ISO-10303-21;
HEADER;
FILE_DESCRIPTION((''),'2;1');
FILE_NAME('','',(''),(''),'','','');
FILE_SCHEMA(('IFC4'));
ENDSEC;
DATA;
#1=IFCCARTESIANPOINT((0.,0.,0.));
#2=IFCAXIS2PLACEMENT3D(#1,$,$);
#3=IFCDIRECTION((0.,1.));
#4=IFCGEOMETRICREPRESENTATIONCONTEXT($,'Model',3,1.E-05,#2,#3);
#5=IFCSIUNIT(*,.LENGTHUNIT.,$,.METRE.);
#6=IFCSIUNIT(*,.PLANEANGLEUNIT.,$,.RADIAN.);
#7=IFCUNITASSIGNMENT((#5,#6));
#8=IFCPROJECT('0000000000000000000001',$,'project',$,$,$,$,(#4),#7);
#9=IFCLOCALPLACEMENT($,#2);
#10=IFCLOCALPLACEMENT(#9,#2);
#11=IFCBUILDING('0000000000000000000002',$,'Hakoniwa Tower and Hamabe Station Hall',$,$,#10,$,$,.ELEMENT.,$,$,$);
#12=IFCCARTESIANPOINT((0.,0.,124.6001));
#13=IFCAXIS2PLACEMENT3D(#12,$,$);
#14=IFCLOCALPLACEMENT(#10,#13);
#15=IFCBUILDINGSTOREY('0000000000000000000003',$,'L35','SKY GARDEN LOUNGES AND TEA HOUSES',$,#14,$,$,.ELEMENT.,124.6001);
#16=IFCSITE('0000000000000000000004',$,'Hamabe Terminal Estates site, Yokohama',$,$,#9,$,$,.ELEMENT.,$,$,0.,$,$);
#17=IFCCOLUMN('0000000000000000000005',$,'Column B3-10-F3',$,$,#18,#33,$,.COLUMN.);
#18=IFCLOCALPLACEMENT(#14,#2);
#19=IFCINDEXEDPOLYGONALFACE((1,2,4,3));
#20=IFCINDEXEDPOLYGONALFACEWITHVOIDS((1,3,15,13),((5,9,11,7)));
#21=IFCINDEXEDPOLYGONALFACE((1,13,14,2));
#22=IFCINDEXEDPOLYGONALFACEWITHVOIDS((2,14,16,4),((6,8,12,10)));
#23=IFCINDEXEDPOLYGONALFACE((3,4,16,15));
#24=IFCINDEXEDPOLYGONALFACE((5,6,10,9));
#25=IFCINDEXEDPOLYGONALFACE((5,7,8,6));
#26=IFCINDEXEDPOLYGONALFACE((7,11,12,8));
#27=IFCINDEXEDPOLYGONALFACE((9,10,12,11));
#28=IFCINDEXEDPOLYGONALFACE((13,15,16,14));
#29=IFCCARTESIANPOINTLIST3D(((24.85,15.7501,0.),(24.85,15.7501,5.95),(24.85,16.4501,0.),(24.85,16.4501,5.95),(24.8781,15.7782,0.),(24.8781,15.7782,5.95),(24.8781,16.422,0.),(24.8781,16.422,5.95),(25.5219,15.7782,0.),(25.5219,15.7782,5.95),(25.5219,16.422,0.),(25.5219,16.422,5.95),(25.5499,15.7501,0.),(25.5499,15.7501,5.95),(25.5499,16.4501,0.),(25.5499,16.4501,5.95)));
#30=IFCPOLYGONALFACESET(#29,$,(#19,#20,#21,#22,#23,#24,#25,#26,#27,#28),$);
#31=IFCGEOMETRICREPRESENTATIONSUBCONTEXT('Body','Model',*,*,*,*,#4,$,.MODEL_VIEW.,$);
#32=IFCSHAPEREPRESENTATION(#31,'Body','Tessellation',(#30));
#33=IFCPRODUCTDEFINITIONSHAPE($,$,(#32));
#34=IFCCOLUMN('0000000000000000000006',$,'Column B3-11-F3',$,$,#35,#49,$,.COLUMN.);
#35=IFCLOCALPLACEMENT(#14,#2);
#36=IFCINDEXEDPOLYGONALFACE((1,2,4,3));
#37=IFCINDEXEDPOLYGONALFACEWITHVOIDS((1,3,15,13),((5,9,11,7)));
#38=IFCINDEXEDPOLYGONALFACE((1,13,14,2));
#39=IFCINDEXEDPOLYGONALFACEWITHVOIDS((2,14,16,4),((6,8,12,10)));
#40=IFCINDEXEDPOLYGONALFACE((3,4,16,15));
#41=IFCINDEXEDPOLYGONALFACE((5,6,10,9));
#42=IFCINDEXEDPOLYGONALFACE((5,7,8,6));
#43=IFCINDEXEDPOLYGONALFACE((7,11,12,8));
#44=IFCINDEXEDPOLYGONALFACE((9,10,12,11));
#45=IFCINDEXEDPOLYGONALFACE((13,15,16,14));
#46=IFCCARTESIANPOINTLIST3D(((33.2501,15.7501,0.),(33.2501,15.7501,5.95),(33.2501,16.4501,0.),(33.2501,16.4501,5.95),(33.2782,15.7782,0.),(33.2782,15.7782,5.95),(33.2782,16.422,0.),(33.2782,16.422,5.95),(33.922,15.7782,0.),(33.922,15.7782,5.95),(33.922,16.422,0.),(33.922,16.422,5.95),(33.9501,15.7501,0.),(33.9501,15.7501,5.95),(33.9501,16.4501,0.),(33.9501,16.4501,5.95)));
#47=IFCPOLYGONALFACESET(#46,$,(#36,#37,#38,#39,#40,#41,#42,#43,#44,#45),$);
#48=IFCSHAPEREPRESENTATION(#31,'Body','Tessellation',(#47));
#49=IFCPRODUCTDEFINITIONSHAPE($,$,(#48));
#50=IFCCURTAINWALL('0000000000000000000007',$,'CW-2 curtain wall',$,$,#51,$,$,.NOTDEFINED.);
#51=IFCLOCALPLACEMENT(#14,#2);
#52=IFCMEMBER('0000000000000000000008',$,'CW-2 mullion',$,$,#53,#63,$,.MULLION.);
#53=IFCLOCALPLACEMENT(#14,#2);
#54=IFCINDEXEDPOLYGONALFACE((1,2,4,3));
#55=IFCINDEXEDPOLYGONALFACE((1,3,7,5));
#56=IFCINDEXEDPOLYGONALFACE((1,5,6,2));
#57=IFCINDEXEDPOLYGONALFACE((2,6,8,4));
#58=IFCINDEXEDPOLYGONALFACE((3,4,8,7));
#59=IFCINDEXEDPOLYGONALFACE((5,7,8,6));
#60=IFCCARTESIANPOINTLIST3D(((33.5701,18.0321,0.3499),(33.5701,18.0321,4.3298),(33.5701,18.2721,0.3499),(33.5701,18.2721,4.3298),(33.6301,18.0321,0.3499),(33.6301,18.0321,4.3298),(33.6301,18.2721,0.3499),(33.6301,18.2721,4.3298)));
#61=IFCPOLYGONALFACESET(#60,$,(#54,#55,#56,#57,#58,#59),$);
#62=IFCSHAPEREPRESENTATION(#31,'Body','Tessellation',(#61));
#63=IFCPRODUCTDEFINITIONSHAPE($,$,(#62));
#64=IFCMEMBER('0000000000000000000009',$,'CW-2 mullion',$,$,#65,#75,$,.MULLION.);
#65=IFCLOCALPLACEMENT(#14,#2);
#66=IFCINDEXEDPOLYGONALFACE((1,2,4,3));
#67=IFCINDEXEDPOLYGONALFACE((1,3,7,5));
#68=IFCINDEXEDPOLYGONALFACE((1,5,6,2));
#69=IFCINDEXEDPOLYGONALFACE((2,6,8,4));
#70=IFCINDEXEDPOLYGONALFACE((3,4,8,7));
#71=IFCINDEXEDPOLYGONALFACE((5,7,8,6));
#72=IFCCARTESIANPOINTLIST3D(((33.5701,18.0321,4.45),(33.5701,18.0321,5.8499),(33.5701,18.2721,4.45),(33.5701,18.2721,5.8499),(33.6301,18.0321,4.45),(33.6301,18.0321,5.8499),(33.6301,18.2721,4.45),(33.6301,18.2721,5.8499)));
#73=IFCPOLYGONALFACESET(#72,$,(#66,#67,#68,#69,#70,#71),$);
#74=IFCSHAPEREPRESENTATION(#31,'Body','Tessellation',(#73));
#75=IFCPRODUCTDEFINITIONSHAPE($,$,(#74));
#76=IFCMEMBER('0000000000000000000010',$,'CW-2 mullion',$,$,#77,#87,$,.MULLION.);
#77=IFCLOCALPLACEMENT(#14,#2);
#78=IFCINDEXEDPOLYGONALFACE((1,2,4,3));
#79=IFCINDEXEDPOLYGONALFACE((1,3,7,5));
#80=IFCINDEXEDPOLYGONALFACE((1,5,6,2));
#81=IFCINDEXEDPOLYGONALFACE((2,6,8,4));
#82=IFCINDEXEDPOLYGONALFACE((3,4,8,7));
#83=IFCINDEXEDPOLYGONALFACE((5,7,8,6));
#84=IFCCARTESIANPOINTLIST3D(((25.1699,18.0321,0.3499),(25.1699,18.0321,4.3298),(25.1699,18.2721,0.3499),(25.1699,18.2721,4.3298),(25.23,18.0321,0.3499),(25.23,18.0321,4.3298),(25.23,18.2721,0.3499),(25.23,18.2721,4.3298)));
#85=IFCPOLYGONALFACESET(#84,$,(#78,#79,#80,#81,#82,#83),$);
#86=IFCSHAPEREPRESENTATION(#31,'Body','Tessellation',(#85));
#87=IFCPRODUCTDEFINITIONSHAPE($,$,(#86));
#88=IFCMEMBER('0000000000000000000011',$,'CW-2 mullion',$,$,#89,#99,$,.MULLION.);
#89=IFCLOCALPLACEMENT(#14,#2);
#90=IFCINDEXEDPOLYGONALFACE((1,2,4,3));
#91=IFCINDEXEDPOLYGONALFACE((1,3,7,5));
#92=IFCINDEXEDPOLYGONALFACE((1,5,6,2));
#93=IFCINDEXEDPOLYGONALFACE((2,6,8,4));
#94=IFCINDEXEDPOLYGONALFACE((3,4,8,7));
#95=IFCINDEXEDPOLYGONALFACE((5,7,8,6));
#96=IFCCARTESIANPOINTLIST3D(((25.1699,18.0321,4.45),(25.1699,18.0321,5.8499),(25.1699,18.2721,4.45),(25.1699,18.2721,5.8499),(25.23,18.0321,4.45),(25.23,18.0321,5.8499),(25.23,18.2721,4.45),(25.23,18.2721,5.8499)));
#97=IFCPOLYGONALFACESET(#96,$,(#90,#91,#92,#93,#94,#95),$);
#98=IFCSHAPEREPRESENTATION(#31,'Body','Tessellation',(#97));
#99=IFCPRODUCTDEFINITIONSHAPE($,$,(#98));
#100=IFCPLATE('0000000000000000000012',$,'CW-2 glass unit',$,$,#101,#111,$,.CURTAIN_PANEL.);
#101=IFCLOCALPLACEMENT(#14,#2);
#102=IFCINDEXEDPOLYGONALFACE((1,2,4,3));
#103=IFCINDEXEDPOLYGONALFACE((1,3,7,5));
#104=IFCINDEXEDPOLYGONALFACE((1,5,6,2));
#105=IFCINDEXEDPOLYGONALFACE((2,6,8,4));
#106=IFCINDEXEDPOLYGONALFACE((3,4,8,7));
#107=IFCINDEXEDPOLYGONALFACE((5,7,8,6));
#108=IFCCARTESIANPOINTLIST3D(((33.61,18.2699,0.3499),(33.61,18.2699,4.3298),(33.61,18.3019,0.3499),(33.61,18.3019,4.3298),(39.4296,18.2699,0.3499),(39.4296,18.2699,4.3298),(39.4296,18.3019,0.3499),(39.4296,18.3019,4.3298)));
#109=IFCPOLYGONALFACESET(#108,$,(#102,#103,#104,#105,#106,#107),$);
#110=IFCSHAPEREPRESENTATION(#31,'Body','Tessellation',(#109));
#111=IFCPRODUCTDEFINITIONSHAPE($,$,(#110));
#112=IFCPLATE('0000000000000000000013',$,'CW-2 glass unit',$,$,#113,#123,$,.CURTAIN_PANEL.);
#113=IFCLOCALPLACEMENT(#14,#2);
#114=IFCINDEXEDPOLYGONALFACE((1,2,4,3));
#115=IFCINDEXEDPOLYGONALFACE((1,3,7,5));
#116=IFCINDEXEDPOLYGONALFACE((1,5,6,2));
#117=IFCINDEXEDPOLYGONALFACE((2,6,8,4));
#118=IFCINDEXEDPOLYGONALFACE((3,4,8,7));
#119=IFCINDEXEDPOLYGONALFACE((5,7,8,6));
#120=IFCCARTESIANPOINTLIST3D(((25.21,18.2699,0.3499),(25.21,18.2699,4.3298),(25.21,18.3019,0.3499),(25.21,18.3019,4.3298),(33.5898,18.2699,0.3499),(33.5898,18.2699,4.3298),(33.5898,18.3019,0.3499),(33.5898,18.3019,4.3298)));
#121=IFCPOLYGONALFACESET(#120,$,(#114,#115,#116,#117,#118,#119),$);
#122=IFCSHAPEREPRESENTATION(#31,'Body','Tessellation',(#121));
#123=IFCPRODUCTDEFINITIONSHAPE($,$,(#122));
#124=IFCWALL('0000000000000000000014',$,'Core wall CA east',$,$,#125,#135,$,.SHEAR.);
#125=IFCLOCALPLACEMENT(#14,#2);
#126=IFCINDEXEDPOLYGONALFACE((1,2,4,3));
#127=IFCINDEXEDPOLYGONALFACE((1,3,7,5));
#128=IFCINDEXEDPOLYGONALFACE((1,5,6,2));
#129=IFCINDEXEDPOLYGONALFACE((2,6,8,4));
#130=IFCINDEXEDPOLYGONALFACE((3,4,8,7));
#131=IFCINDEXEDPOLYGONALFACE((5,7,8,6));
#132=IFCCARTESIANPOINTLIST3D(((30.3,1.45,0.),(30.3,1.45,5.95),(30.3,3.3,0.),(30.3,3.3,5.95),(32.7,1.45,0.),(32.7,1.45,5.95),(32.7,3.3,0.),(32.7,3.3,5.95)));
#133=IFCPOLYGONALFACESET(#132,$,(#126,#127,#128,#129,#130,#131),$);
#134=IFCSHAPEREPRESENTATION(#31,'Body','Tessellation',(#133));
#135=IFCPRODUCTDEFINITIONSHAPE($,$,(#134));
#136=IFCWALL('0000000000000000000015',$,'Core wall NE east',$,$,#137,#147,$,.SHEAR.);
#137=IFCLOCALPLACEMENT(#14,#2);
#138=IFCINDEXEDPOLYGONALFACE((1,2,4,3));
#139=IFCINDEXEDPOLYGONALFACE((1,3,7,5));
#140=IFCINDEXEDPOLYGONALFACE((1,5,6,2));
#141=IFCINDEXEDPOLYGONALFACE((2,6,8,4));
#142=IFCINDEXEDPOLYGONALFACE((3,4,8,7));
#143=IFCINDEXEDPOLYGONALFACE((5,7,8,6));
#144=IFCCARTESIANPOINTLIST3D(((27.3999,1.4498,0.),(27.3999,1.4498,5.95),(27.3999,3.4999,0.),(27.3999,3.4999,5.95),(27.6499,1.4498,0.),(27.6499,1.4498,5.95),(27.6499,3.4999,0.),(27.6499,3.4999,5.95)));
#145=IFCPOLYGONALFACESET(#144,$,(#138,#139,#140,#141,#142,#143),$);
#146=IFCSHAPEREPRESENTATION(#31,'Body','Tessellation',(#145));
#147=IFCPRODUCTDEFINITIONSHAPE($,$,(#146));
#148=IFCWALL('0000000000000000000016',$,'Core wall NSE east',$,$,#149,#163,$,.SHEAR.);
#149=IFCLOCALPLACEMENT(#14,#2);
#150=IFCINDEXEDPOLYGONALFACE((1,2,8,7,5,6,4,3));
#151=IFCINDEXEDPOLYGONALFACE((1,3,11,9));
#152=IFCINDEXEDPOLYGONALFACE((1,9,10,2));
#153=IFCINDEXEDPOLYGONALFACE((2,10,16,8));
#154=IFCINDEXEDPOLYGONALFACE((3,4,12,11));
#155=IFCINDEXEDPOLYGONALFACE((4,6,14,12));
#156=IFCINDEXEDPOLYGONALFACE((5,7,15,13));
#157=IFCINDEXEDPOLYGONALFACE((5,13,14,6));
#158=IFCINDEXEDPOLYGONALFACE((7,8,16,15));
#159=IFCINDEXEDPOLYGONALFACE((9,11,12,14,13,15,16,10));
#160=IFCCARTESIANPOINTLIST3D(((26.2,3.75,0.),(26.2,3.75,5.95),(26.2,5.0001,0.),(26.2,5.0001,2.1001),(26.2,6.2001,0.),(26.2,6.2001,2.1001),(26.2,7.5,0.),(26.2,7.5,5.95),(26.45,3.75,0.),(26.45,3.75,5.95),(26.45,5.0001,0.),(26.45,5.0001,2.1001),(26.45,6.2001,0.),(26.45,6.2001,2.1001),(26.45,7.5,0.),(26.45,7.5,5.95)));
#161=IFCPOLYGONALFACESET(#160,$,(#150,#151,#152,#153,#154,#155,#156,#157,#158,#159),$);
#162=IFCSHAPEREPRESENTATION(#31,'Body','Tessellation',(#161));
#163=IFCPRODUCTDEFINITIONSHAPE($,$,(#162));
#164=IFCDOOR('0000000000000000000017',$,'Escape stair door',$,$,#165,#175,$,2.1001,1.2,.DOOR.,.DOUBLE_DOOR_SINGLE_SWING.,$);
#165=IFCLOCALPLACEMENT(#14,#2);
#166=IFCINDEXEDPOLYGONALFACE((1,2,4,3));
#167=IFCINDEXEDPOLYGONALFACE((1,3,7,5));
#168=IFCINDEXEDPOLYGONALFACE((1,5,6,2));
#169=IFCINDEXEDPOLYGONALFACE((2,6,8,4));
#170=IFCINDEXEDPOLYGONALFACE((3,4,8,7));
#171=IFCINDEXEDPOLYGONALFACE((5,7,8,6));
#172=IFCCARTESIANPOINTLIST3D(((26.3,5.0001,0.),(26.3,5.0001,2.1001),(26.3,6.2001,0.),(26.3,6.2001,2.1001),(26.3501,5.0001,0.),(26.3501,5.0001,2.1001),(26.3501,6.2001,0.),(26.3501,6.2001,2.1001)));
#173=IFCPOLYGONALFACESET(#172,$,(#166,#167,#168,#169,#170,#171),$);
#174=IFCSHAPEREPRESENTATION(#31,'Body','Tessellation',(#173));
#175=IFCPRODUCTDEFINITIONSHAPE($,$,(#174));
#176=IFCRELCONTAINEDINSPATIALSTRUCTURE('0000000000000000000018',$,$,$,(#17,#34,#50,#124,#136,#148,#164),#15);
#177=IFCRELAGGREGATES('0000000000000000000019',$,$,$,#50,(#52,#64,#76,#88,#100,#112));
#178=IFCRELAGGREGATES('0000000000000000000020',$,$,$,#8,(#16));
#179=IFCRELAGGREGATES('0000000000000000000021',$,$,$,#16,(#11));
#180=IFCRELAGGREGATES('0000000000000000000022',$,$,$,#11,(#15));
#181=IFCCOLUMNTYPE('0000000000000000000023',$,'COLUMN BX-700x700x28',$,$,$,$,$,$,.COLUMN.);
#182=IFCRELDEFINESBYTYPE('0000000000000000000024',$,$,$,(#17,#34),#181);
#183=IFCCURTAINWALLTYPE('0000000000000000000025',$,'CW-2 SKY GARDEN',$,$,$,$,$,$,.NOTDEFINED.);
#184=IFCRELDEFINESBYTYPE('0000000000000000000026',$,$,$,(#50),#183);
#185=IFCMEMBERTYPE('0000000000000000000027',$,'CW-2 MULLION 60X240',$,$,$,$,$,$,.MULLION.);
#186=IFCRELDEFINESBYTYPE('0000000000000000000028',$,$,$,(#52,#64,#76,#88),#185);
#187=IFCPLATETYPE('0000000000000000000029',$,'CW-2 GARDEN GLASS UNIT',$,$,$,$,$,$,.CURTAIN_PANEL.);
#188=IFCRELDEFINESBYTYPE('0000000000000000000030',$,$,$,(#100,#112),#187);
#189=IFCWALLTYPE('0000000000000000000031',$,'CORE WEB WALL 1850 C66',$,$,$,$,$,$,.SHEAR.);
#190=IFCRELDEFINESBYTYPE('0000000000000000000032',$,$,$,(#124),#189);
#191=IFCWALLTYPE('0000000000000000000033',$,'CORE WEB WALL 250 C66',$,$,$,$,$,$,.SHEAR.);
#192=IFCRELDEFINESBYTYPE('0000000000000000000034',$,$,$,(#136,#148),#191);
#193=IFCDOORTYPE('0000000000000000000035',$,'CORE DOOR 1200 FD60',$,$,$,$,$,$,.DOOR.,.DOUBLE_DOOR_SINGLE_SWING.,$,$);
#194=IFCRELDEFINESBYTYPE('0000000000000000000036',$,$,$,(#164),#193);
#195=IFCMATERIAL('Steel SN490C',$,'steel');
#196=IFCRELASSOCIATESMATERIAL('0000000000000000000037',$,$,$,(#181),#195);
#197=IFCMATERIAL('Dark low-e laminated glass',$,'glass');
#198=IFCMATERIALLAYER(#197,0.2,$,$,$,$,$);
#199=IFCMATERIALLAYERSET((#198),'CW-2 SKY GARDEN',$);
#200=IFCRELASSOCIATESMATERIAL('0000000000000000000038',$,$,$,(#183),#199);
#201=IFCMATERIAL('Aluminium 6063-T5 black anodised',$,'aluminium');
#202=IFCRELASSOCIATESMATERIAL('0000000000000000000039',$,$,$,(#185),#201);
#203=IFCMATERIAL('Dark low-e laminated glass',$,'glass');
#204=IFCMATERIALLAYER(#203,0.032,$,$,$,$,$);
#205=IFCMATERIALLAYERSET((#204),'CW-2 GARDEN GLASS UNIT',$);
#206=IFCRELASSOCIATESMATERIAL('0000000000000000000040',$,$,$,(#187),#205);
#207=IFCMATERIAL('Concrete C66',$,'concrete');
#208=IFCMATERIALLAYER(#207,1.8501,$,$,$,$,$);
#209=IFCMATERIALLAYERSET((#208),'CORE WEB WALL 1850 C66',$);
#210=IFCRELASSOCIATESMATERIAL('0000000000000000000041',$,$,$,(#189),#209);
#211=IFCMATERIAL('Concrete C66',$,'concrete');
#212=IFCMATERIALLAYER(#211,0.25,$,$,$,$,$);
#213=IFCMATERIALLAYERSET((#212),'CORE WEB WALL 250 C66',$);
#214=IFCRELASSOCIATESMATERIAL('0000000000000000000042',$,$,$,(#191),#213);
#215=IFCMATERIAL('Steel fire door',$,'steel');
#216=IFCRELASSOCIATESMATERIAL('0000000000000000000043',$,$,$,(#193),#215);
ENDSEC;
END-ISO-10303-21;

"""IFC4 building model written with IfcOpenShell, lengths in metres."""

from ifc_helpers import new_model, si_unit, direction, frame, frame_2d, origin, origin_2d, place, context, subcontext, project, spatial, rectangle, hollow_rectangle, extrude, material, layer, layer_set, material_profile, profile_set, type_object, element, fill, aggregate, save


model = new_model("IFC4")

# Units and contexts
model_context = context("Model", 3, precision=1e-05, world=origin(), true_north=direction((0.0, 1.0)))
body_context = subcontext(model_context, "Body", "Model", "MODEL_VIEW")
ifc_project = project(units=[si_unit("LENGTHUNIT", "METRE"), si_unit("PLANEANGLEUNIT", "RADIAN")], contexts=[model_context])

# Site, building, storey
site_placement = place(None, origin())
site = spatial("IfcSite", under=ifc_project, at=site_placement, Name="Hamabe Terminal Estates site, Yokohama", CompositionType="ELEMENT", RefElevation=0.0)
building_placement = place(site_placement, origin())
building = spatial("IfcBuilding", under=site, at=building_placement, Name="Hakoniwa Tower and Hamabe Station Hall", CompositionType="ELEMENT")
storey_placement = place(building_placement, frame((0.0, 0.0, 124.6001)))
storey = spatial("IfcBuildingStorey", under=building, at=storey_placement, Name="L35", Description="SKY GARDEN LOUNGES AND TEA HOUSES", CompositionType="ELEMENT", Elevation=124.6001)

# Columns
ifc_material_1 = material(Name="Steel SN490C", Category="steel")
ifc_material_profile_1 = material_profile(ifc_material_1, hollow_rectangle(XDim=0.7, YDim=0.7, WallThickness=0.0281, at=origin_2d()), Name="BX-700x700x28")
ifc_profile_set_1 = profile_set([ifc_material_profile_1], Name="Steel SN490C")
column_type = type_object("IfcColumnType", Name="COLUMN BX-700x700x28", PredefinedType="COLUMN", material=ifc_profile_set_1)
for number, where, z_axis, x_axis, name in (
    (1, (25.2, 16.1001, 0.0), (0.0, 0.0, 1.0), (1.0, 0.0, 0.0), "Column B3-10-F3"),
    (2, (33.6001, 16.1001, 0.0), (0.0, 0.0, 1.0), (1.0, 0.0, 0.0), "Column B3-11-F3"),
):
    element("IfcColumn", number, at=place(storey_placement, frame(where, z_axis=z_axis, x_axis=x_axis)), inside=storey, type_object=column_type, Name=name, PredefinedType="COLUMN", context=body_context, shape_type="SweptSolid", body=[
        extrude(hollow_rectangle(XDim=0.7, YDim=0.7, WallThickness=0.0281, at=origin_2d()), origin(), (0.0, 0.0, 1.0), 5.95),
    ])

# Curtain wall, members, plates
ifc_material_2 = material(Name="Dark low-e laminated glass", Category="glass")
ifc_layer_1 = layer(ifc_material_2, 0.2)
ifc_layer_set_1 = layer_set([ifc_layer_1], Name="CW-2 SKY GARDEN")
curtain_wall_type = type_object("IfcCurtainWallType", Name="CW-2 SKY GARDEN", PredefinedType="NOTDEFINED", material=ifc_layer_set_1)
curtain_wall_placement = place(storey_placement, origin())
curtain_wall = element("IfcCurtainWall", 3, at=curtain_wall_placement, inside=storey, type_object=curtain_wall_type, Name="CW-2 curtain wall", PredefinedType="NOTDEFINED")
ifc_material_3 = material(Name="Aluminium 6063-T5 black anodised", Category="aluminium")
ifc_material_profile_2 = material_profile(ifc_material_3, rectangle(XDim=0.0601, YDim=0.24, at=origin_2d()), Name="CW-2 MULLION 60X240")
ifc_profile_set_2 = profile_set([ifc_material_profile_2], Name="Aluminium 6063-T5 black anodised")
member_type = type_object("IfcMemberType", Name="CW-2 MULLION 60X240", PredefinedType="MULLION", material=ifc_profile_set_2)
member_1_placement = place(storey_placement, frame((33.6001, 18.1521, 0.3499), z_axis=(0.0, 0.0, 1.0), x_axis=(-1.0, 0.0, 0.0)))
member_1 = element("IfcMember", 4, at=member_1_placement, type_object=member_type, Name="CW-2 mullion", PredefinedType="MULLION", context=body_context, shape_type="SweptSolid", body=[
    extrude(rectangle(XDim=0.0601, YDim=0.24, at=origin_2d()), origin(), (0.0, 0.0, 1.0), 3.98),
])
member_2_placement = place(storey_placement, frame((33.6001, 18.1521, 4.45), z_axis=(0.0, 0.0, 1.0), x_axis=(-1.0, 0.0, 0.0)))
member_2 = element("IfcMember", 5, at=member_2_placement, type_object=member_type, Name="CW-2 mullion", PredefinedType="MULLION", context=body_context, shape_type="SweptSolid", body=[
    extrude(rectangle(XDim=0.0601, YDim=0.24, at=origin_2d()), origin(), (0.0, 0.0, 1.0), 1.3999),
])
member_3_placement = place(storey_placement, frame((25.2, 18.1521, 0.3499), z_axis=(0.0, 0.0, 1.0), x_axis=(-1.0, 0.0, 0.0)))
member_3 = element("IfcMember", 6, at=member_3_placement, type_object=member_type, Name="CW-2 mullion", PredefinedType="MULLION", context=body_context, shape_type="SweptSolid", body=[
    extrude(rectangle(XDim=0.0601, YDim=0.24, at=origin_2d()), origin(), (0.0, 0.0, 1.0), 3.98),
])
member_4_placement = place(storey_placement, frame((25.2, 18.1521, 4.45), z_axis=(0.0, 0.0, 1.0), x_axis=(-1.0, 0.0, 0.0)))
member_4 = element("IfcMember", 7, at=member_4_placement, type_object=member_type, Name="CW-2 mullion", PredefinedType="MULLION", context=body_context, shape_type="SweptSolid", body=[
    extrude(rectangle(XDim=0.0601, YDim=0.24, at=origin_2d()), origin(), (0.0, 0.0, 1.0), 1.3999),
])
ifc_material_4 = material(Name="Dark low-e laminated glass", Category="glass")
ifc_layer_2 = layer(ifc_material_4, 0.032)
ifc_layer_set_2 = layer_set([ifc_layer_2], Name="CW-2 GARDEN GLASS UNIT")
plate_type = type_object("IfcPlateType", Name="CW-2 GARDEN GLASS UNIT", PredefinedType="CURTAIN_PANEL", material=ifc_layer_set_2)
plate_1_placement = place(storey_placement, frame((36.5198, 18.2859, 0.3499), z_axis=(0.0, 0.0, 1.0), x_axis=(-1.0, 0.0, 0.0)))
plate_1 = element("IfcPlate", 8, at=plate_1_placement, type_object=plate_type, Name="CW-2 glass unit", PredefinedType="CURTAIN_PANEL", context=body_context, shape_type="SweptSolid", body=[
    extrude(rectangle(XDim=5.8196, YDim=0.032, at=origin_2d()), origin(), (0.0, 0.0, 1.0), 3.98),
])
plate_2_placement = place(storey_placement, frame((29.3999, 18.2859, 0.3499), z_axis=(0.0, 0.0, 1.0), x_axis=(-1.0, 0.0, 0.0)))
plate_2 = element("IfcPlate", 9, at=plate_2_placement, type_object=plate_type, Name="CW-2 glass unit", PredefinedType="CURTAIN_PANEL", context=body_context, shape_type="SweptSolid", body=[
    extrude(rectangle(XDim=8.3799, YDim=0.032, at=origin_2d()), origin(), (0.0, 0.0, 1.0), 3.98),
])

# Walls
ifc_material_5 = material(Name="Concrete C66", Category="concrete")
ifc_layer_3 = layer(ifc_material_5, 1.8501)
ifc_layer_set_3 = layer_set([ifc_layer_3], Name="CORE WEB WALL 1850 C66")
wall_type_1 = type_object("IfcWallType", Name="CORE WEB WALL 1850 C66", PredefinedType="SHEAR", material=ifc_layer_set_3)
wall_1_placement = place(storey_placement, frame((30.3, 2.375, 0.0), z_axis=(0.0, 0.0, 1.0), x_axis=(1.0, 0.0, 0.0)))
element("IfcWall", 10, at=wall_1_placement, inside=storey, type_object=wall_type_1, Name="Core wall CA east", PredefinedType="SHEAR", context=body_context, shape_type="SweptSolid", body=[
    extrude(rectangle(XDim=2.3999, YDim=1.8501, at=frame_2d((1.2, 0.0))), origin(), (0.0, 0.0, 1.0), 5.95),
])
ifc_material_6 = material(Name="Concrete C66", Category="concrete")
ifc_layer_4 = layer(ifc_material_6, 0.25)
ifc_layer_set_4 = layer_set([ifc_layer_4], Name="CORE WEB WALL 250 C66")
wall_type_2 = type_object("IfcWallType", Name="CORE WEB WALL 250 C66", PredefinedType="SHEAR", material=ifc_layer_set_4)
wall_2_placement = place(storey_placement, frame((27.5249, 1.45, 0.0), z_axis=(0.0, 0.0, 1.0), x_axis=(0.0, 1.0, 0.0)))
element("IfcWall", 11, at=wall_2_placement, inside=storey, type_object=wall_type_2, Name="Core wall NE east", PredefinedType="SHEAR", context=body_context, shape_type="SweptSolid", body=[
    extrude(rectangle(XDim=2.05, YDim=0.25, at=frame_2d((1.0249, 0.0))), origin(), (0.0, 0.0, 1.0), 5.95),
])

# Wall, opening, door
wall_3_placement = place(storey_placement, frame((26.325, 3.75, 0.0), z_axis=(0.0, 0.0, 1.0), x_axis=(0.0, 1.0, 0.0)))
wall_3 = element("IfcWall", 12, at=wall_3_placement, inside=storey, type_object=wall_type_2, Name="Core wall NSE east", PredefinedType="SHEAR", context=body_context, shape_type="SweptSolid", body=[
    extrude(rectangle(XDim=3.75, YDim=0.25, at=frame_2d((1.875, 0.0))), origin(), (0.0, 0.0, 1.0), 5.95),
])
opening_1_placement = place(wall_3_placement, frame((1.25, 0.0, 0.0)))
opening_1 = element("IfcOpeningElement", 13, at=opening_1_placement, cuts=wall_3, PredefinedType="OPENING", context=body_context, shape_type="SweptSolid", body=[
    extrude(rectangle(XDim=1.2, YDim=2.1001, at=frame_2d((0.6001, 1.05))), frame((0.0, 0.135, 0.0), z_axis=(0.0, -1.0, 0.0), x_axis=(1.0, 0.0, 0.0)), (0.0, 0.0, 1.0), 0.27),
])
ifc_material_7 = material(Name="Steel fire door", Category="steel")
door_type_1 = type_object("IfcDoorType", Name="CORE DOOR 1200 FD60", OperationType="DOUBLE_DOOR_SINGLE_SWING", PredefinedType="DOOR", material=ifc_material_7)
door_1_placement = place(opening_1_placement, origin())
door_1 = element("IfcDoor", 14, at=door_1_placement, inside=storey, type_object=door_type_1, Name="Escape stair door", OperationType="DOUBLE_DOOR_SINGLE_SWING", OverallHeight=2.1001, OverallWidth=1.2, PredefinedType="DOOR", context=body_context, shape_type="SweptSolid", body=[
    extrude(rectangle(XDim=1.2, YDim=2.1001, at=frame_2d((0.6001, 1.05))), frame((0.0, 0.0249, 0.0), z_axis=(0.0, -1.0, 0.0), x_axis=(1.0, 0.0, 0.0)), (0.0, 0.0, 1.0), 0.05),
])
fill(opening_1, door_1)

aggregate(curtain_wall, [member_1, member_2, member_3, member_4, plate_1, plate_2])

save(model, "model.ifc")
